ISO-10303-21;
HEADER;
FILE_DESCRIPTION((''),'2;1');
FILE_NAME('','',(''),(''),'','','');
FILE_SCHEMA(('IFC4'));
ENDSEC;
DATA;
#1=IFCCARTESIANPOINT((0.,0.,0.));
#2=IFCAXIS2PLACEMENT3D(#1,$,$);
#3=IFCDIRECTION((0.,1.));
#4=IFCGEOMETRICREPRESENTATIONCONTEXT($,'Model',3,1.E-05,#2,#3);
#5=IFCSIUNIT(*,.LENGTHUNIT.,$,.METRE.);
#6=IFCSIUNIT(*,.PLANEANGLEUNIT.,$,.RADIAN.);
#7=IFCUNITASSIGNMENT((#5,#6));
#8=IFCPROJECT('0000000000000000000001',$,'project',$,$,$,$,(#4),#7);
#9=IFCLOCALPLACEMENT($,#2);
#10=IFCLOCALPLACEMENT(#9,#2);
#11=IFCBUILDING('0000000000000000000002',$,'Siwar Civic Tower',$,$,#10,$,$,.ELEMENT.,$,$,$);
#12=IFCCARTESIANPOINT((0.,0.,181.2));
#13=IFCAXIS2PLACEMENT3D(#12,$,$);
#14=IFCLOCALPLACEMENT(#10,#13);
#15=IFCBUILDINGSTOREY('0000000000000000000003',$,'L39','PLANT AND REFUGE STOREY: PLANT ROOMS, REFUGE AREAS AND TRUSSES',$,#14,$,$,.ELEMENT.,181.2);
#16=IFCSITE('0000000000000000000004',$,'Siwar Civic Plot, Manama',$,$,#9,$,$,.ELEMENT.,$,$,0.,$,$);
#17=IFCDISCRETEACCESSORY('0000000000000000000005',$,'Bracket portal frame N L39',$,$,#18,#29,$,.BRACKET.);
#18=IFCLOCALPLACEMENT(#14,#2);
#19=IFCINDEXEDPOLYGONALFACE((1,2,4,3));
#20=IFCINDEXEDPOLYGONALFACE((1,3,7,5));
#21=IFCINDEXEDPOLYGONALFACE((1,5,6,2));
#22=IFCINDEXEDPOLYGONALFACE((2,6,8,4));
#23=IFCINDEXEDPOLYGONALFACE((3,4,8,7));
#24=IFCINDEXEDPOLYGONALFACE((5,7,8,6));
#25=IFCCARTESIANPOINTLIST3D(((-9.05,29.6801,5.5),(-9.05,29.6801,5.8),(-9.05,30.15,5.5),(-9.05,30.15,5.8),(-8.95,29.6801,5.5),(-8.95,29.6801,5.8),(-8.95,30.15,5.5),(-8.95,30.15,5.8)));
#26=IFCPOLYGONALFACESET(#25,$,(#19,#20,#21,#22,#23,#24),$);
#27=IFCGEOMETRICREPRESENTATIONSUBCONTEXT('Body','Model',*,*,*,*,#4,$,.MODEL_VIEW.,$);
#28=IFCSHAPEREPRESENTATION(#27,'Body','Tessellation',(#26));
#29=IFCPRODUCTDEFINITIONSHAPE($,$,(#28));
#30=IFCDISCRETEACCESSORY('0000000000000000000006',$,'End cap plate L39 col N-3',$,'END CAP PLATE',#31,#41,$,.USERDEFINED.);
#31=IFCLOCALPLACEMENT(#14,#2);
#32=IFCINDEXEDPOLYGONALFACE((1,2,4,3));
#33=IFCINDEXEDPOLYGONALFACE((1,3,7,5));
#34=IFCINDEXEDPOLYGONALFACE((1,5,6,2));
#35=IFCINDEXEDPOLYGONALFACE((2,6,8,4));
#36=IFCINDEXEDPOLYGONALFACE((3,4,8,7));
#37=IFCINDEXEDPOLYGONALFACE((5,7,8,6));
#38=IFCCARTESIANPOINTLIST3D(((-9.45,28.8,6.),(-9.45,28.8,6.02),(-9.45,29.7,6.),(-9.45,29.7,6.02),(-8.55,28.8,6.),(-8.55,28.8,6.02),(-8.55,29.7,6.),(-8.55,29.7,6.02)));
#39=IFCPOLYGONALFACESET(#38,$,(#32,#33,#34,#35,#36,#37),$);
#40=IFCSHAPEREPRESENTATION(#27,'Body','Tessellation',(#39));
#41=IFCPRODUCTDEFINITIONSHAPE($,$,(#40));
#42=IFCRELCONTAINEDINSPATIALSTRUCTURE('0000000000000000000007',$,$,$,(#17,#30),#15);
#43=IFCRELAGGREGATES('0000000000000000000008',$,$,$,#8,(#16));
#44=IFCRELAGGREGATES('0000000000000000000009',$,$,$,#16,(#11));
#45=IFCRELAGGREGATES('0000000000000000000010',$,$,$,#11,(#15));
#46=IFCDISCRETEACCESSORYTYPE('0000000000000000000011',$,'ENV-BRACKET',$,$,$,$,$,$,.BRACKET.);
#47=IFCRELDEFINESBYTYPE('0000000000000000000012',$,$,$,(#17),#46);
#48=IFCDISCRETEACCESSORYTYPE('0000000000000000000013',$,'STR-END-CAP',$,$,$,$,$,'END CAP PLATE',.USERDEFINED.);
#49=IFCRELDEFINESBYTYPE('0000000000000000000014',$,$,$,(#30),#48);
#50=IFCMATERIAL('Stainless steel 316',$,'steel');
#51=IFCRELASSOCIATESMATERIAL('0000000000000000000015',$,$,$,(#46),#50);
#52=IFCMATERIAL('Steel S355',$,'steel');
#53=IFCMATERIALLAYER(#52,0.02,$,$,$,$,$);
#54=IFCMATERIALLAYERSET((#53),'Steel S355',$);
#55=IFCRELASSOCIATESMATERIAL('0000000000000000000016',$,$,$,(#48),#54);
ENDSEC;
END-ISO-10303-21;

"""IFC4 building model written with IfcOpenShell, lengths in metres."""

from ifc_helpers import new_model, si_unit, direction, frame, origin, origin_2d, place, context, subcontext, project, spatial, rectangle, extrude, material, layer, layer_set, type_object, element, save


model = new_model("IFC4")

# Units and contexts
model_context = context("Model", 3, precision=1e-05, world=origin(), true_north=direction((0.0, 1.0)))
body_context = subcontext(model_context, "Body", "Model", "MODEL_VIEW")
ifc_project = project(units=[si_unit("LENGTHUNIT", "METRE"), si_unit("PLANEANGLEUNIT", "RADIAN")], contexts=[model_context])

# Site, building, storey
site_placement = place(None, origin())
site = spatial("IfcSite", under=ifc_project, at=site_placement, Name="Siwar Civic Plot, Manama", CompositionType="ELEMENT", RefElevation=0.0)
building_placement = place(site_placement, origin())
building = spatial("IfcBuilding", under=site, at=building_placement, Name="Siwar Civic Tower", CompositionType="ELEMENT")
storey_placement = place(building_placement, frame((0.0, 0.0, 181.2)))
storey = spatial("IfcBuildingStorey", under=building, at=storey_placement, Name="L39", Description="PLANT AND REFUGE STOREY: PLANT ROOMS, REFUGE AREAS AND TRUSSES", CompositionType="ELEMENT", Elevation=181.2)

# Discrete accessories
ifc_material_1 = material(Name="Stainless steel 316", Category="steel")
discrete_accessory_type_1 = type_object("IfcDiscreteAccessoryType", Name="ENV-BRACKET", PredefinedType="BRACKET", material=ifc_material_1)
discrete_accessory_1_placement = place(storey_placement, frame((-9.0, 29.915, 5.5), z_axis=(0.0, 0.0, 1.0), x_axis=(0.0, 1.0, 0.0)))
element("IfcDiscreteAccessory", 1, at=discrete_accessory_1_placement, inside=storey, type_object=discrete_accessory_type_1, Name="Bracket portal frame N L39", PredefinedType="BRACKET", context=body_context, shape_type="SweptSolid", body=[
    extrude(rectangle(XDim=0.47, YDim=0.1001, at=origin_2d()), origin(), (0.0, 0.0, 1.0), 0.3),
])
ifc_material_2 = material(Name="Steel S355", Category="steel")
ifc_layer_1 = layer(ifc_material_2, 0.02)
ifc_layer_set_1 = layer_set([ifc_layer_1], Name="Steel S355")
discrete_accessory_type_2 = type_object("IfcDiscreteAccessoryType", Name="STR-END-CAP", ElementType="END CAP PLATE", PredefinedType="USERDEFINED", material=ifc_layer_set_1)
discrete_accessory_2_placement = place(storey_placement, frame((-9.0, 29.25, 6.0), z_axis=(0.0, 0.0, 1.0), x_axis=(1.0, 0.0, 0.0)))
element("IfcDiscreteAccessory", 2, at=discrete_accessory_2_placement, inside=storey, type_object=discrete_accessory_type_2, Name="End cap plate L39 col N-3", ObjectType="END CAP PLATE", PredefinedType="USERDEFINED", context=body_context, shape_type="SweptSolid", body=[
    extrude(rectangle(XDim=0.8999, YDim=0.8999, at=origin_2d()), origin(), (0.0, 0.0, 1.0), 0.02),
])

save(model, "model.ifc")
